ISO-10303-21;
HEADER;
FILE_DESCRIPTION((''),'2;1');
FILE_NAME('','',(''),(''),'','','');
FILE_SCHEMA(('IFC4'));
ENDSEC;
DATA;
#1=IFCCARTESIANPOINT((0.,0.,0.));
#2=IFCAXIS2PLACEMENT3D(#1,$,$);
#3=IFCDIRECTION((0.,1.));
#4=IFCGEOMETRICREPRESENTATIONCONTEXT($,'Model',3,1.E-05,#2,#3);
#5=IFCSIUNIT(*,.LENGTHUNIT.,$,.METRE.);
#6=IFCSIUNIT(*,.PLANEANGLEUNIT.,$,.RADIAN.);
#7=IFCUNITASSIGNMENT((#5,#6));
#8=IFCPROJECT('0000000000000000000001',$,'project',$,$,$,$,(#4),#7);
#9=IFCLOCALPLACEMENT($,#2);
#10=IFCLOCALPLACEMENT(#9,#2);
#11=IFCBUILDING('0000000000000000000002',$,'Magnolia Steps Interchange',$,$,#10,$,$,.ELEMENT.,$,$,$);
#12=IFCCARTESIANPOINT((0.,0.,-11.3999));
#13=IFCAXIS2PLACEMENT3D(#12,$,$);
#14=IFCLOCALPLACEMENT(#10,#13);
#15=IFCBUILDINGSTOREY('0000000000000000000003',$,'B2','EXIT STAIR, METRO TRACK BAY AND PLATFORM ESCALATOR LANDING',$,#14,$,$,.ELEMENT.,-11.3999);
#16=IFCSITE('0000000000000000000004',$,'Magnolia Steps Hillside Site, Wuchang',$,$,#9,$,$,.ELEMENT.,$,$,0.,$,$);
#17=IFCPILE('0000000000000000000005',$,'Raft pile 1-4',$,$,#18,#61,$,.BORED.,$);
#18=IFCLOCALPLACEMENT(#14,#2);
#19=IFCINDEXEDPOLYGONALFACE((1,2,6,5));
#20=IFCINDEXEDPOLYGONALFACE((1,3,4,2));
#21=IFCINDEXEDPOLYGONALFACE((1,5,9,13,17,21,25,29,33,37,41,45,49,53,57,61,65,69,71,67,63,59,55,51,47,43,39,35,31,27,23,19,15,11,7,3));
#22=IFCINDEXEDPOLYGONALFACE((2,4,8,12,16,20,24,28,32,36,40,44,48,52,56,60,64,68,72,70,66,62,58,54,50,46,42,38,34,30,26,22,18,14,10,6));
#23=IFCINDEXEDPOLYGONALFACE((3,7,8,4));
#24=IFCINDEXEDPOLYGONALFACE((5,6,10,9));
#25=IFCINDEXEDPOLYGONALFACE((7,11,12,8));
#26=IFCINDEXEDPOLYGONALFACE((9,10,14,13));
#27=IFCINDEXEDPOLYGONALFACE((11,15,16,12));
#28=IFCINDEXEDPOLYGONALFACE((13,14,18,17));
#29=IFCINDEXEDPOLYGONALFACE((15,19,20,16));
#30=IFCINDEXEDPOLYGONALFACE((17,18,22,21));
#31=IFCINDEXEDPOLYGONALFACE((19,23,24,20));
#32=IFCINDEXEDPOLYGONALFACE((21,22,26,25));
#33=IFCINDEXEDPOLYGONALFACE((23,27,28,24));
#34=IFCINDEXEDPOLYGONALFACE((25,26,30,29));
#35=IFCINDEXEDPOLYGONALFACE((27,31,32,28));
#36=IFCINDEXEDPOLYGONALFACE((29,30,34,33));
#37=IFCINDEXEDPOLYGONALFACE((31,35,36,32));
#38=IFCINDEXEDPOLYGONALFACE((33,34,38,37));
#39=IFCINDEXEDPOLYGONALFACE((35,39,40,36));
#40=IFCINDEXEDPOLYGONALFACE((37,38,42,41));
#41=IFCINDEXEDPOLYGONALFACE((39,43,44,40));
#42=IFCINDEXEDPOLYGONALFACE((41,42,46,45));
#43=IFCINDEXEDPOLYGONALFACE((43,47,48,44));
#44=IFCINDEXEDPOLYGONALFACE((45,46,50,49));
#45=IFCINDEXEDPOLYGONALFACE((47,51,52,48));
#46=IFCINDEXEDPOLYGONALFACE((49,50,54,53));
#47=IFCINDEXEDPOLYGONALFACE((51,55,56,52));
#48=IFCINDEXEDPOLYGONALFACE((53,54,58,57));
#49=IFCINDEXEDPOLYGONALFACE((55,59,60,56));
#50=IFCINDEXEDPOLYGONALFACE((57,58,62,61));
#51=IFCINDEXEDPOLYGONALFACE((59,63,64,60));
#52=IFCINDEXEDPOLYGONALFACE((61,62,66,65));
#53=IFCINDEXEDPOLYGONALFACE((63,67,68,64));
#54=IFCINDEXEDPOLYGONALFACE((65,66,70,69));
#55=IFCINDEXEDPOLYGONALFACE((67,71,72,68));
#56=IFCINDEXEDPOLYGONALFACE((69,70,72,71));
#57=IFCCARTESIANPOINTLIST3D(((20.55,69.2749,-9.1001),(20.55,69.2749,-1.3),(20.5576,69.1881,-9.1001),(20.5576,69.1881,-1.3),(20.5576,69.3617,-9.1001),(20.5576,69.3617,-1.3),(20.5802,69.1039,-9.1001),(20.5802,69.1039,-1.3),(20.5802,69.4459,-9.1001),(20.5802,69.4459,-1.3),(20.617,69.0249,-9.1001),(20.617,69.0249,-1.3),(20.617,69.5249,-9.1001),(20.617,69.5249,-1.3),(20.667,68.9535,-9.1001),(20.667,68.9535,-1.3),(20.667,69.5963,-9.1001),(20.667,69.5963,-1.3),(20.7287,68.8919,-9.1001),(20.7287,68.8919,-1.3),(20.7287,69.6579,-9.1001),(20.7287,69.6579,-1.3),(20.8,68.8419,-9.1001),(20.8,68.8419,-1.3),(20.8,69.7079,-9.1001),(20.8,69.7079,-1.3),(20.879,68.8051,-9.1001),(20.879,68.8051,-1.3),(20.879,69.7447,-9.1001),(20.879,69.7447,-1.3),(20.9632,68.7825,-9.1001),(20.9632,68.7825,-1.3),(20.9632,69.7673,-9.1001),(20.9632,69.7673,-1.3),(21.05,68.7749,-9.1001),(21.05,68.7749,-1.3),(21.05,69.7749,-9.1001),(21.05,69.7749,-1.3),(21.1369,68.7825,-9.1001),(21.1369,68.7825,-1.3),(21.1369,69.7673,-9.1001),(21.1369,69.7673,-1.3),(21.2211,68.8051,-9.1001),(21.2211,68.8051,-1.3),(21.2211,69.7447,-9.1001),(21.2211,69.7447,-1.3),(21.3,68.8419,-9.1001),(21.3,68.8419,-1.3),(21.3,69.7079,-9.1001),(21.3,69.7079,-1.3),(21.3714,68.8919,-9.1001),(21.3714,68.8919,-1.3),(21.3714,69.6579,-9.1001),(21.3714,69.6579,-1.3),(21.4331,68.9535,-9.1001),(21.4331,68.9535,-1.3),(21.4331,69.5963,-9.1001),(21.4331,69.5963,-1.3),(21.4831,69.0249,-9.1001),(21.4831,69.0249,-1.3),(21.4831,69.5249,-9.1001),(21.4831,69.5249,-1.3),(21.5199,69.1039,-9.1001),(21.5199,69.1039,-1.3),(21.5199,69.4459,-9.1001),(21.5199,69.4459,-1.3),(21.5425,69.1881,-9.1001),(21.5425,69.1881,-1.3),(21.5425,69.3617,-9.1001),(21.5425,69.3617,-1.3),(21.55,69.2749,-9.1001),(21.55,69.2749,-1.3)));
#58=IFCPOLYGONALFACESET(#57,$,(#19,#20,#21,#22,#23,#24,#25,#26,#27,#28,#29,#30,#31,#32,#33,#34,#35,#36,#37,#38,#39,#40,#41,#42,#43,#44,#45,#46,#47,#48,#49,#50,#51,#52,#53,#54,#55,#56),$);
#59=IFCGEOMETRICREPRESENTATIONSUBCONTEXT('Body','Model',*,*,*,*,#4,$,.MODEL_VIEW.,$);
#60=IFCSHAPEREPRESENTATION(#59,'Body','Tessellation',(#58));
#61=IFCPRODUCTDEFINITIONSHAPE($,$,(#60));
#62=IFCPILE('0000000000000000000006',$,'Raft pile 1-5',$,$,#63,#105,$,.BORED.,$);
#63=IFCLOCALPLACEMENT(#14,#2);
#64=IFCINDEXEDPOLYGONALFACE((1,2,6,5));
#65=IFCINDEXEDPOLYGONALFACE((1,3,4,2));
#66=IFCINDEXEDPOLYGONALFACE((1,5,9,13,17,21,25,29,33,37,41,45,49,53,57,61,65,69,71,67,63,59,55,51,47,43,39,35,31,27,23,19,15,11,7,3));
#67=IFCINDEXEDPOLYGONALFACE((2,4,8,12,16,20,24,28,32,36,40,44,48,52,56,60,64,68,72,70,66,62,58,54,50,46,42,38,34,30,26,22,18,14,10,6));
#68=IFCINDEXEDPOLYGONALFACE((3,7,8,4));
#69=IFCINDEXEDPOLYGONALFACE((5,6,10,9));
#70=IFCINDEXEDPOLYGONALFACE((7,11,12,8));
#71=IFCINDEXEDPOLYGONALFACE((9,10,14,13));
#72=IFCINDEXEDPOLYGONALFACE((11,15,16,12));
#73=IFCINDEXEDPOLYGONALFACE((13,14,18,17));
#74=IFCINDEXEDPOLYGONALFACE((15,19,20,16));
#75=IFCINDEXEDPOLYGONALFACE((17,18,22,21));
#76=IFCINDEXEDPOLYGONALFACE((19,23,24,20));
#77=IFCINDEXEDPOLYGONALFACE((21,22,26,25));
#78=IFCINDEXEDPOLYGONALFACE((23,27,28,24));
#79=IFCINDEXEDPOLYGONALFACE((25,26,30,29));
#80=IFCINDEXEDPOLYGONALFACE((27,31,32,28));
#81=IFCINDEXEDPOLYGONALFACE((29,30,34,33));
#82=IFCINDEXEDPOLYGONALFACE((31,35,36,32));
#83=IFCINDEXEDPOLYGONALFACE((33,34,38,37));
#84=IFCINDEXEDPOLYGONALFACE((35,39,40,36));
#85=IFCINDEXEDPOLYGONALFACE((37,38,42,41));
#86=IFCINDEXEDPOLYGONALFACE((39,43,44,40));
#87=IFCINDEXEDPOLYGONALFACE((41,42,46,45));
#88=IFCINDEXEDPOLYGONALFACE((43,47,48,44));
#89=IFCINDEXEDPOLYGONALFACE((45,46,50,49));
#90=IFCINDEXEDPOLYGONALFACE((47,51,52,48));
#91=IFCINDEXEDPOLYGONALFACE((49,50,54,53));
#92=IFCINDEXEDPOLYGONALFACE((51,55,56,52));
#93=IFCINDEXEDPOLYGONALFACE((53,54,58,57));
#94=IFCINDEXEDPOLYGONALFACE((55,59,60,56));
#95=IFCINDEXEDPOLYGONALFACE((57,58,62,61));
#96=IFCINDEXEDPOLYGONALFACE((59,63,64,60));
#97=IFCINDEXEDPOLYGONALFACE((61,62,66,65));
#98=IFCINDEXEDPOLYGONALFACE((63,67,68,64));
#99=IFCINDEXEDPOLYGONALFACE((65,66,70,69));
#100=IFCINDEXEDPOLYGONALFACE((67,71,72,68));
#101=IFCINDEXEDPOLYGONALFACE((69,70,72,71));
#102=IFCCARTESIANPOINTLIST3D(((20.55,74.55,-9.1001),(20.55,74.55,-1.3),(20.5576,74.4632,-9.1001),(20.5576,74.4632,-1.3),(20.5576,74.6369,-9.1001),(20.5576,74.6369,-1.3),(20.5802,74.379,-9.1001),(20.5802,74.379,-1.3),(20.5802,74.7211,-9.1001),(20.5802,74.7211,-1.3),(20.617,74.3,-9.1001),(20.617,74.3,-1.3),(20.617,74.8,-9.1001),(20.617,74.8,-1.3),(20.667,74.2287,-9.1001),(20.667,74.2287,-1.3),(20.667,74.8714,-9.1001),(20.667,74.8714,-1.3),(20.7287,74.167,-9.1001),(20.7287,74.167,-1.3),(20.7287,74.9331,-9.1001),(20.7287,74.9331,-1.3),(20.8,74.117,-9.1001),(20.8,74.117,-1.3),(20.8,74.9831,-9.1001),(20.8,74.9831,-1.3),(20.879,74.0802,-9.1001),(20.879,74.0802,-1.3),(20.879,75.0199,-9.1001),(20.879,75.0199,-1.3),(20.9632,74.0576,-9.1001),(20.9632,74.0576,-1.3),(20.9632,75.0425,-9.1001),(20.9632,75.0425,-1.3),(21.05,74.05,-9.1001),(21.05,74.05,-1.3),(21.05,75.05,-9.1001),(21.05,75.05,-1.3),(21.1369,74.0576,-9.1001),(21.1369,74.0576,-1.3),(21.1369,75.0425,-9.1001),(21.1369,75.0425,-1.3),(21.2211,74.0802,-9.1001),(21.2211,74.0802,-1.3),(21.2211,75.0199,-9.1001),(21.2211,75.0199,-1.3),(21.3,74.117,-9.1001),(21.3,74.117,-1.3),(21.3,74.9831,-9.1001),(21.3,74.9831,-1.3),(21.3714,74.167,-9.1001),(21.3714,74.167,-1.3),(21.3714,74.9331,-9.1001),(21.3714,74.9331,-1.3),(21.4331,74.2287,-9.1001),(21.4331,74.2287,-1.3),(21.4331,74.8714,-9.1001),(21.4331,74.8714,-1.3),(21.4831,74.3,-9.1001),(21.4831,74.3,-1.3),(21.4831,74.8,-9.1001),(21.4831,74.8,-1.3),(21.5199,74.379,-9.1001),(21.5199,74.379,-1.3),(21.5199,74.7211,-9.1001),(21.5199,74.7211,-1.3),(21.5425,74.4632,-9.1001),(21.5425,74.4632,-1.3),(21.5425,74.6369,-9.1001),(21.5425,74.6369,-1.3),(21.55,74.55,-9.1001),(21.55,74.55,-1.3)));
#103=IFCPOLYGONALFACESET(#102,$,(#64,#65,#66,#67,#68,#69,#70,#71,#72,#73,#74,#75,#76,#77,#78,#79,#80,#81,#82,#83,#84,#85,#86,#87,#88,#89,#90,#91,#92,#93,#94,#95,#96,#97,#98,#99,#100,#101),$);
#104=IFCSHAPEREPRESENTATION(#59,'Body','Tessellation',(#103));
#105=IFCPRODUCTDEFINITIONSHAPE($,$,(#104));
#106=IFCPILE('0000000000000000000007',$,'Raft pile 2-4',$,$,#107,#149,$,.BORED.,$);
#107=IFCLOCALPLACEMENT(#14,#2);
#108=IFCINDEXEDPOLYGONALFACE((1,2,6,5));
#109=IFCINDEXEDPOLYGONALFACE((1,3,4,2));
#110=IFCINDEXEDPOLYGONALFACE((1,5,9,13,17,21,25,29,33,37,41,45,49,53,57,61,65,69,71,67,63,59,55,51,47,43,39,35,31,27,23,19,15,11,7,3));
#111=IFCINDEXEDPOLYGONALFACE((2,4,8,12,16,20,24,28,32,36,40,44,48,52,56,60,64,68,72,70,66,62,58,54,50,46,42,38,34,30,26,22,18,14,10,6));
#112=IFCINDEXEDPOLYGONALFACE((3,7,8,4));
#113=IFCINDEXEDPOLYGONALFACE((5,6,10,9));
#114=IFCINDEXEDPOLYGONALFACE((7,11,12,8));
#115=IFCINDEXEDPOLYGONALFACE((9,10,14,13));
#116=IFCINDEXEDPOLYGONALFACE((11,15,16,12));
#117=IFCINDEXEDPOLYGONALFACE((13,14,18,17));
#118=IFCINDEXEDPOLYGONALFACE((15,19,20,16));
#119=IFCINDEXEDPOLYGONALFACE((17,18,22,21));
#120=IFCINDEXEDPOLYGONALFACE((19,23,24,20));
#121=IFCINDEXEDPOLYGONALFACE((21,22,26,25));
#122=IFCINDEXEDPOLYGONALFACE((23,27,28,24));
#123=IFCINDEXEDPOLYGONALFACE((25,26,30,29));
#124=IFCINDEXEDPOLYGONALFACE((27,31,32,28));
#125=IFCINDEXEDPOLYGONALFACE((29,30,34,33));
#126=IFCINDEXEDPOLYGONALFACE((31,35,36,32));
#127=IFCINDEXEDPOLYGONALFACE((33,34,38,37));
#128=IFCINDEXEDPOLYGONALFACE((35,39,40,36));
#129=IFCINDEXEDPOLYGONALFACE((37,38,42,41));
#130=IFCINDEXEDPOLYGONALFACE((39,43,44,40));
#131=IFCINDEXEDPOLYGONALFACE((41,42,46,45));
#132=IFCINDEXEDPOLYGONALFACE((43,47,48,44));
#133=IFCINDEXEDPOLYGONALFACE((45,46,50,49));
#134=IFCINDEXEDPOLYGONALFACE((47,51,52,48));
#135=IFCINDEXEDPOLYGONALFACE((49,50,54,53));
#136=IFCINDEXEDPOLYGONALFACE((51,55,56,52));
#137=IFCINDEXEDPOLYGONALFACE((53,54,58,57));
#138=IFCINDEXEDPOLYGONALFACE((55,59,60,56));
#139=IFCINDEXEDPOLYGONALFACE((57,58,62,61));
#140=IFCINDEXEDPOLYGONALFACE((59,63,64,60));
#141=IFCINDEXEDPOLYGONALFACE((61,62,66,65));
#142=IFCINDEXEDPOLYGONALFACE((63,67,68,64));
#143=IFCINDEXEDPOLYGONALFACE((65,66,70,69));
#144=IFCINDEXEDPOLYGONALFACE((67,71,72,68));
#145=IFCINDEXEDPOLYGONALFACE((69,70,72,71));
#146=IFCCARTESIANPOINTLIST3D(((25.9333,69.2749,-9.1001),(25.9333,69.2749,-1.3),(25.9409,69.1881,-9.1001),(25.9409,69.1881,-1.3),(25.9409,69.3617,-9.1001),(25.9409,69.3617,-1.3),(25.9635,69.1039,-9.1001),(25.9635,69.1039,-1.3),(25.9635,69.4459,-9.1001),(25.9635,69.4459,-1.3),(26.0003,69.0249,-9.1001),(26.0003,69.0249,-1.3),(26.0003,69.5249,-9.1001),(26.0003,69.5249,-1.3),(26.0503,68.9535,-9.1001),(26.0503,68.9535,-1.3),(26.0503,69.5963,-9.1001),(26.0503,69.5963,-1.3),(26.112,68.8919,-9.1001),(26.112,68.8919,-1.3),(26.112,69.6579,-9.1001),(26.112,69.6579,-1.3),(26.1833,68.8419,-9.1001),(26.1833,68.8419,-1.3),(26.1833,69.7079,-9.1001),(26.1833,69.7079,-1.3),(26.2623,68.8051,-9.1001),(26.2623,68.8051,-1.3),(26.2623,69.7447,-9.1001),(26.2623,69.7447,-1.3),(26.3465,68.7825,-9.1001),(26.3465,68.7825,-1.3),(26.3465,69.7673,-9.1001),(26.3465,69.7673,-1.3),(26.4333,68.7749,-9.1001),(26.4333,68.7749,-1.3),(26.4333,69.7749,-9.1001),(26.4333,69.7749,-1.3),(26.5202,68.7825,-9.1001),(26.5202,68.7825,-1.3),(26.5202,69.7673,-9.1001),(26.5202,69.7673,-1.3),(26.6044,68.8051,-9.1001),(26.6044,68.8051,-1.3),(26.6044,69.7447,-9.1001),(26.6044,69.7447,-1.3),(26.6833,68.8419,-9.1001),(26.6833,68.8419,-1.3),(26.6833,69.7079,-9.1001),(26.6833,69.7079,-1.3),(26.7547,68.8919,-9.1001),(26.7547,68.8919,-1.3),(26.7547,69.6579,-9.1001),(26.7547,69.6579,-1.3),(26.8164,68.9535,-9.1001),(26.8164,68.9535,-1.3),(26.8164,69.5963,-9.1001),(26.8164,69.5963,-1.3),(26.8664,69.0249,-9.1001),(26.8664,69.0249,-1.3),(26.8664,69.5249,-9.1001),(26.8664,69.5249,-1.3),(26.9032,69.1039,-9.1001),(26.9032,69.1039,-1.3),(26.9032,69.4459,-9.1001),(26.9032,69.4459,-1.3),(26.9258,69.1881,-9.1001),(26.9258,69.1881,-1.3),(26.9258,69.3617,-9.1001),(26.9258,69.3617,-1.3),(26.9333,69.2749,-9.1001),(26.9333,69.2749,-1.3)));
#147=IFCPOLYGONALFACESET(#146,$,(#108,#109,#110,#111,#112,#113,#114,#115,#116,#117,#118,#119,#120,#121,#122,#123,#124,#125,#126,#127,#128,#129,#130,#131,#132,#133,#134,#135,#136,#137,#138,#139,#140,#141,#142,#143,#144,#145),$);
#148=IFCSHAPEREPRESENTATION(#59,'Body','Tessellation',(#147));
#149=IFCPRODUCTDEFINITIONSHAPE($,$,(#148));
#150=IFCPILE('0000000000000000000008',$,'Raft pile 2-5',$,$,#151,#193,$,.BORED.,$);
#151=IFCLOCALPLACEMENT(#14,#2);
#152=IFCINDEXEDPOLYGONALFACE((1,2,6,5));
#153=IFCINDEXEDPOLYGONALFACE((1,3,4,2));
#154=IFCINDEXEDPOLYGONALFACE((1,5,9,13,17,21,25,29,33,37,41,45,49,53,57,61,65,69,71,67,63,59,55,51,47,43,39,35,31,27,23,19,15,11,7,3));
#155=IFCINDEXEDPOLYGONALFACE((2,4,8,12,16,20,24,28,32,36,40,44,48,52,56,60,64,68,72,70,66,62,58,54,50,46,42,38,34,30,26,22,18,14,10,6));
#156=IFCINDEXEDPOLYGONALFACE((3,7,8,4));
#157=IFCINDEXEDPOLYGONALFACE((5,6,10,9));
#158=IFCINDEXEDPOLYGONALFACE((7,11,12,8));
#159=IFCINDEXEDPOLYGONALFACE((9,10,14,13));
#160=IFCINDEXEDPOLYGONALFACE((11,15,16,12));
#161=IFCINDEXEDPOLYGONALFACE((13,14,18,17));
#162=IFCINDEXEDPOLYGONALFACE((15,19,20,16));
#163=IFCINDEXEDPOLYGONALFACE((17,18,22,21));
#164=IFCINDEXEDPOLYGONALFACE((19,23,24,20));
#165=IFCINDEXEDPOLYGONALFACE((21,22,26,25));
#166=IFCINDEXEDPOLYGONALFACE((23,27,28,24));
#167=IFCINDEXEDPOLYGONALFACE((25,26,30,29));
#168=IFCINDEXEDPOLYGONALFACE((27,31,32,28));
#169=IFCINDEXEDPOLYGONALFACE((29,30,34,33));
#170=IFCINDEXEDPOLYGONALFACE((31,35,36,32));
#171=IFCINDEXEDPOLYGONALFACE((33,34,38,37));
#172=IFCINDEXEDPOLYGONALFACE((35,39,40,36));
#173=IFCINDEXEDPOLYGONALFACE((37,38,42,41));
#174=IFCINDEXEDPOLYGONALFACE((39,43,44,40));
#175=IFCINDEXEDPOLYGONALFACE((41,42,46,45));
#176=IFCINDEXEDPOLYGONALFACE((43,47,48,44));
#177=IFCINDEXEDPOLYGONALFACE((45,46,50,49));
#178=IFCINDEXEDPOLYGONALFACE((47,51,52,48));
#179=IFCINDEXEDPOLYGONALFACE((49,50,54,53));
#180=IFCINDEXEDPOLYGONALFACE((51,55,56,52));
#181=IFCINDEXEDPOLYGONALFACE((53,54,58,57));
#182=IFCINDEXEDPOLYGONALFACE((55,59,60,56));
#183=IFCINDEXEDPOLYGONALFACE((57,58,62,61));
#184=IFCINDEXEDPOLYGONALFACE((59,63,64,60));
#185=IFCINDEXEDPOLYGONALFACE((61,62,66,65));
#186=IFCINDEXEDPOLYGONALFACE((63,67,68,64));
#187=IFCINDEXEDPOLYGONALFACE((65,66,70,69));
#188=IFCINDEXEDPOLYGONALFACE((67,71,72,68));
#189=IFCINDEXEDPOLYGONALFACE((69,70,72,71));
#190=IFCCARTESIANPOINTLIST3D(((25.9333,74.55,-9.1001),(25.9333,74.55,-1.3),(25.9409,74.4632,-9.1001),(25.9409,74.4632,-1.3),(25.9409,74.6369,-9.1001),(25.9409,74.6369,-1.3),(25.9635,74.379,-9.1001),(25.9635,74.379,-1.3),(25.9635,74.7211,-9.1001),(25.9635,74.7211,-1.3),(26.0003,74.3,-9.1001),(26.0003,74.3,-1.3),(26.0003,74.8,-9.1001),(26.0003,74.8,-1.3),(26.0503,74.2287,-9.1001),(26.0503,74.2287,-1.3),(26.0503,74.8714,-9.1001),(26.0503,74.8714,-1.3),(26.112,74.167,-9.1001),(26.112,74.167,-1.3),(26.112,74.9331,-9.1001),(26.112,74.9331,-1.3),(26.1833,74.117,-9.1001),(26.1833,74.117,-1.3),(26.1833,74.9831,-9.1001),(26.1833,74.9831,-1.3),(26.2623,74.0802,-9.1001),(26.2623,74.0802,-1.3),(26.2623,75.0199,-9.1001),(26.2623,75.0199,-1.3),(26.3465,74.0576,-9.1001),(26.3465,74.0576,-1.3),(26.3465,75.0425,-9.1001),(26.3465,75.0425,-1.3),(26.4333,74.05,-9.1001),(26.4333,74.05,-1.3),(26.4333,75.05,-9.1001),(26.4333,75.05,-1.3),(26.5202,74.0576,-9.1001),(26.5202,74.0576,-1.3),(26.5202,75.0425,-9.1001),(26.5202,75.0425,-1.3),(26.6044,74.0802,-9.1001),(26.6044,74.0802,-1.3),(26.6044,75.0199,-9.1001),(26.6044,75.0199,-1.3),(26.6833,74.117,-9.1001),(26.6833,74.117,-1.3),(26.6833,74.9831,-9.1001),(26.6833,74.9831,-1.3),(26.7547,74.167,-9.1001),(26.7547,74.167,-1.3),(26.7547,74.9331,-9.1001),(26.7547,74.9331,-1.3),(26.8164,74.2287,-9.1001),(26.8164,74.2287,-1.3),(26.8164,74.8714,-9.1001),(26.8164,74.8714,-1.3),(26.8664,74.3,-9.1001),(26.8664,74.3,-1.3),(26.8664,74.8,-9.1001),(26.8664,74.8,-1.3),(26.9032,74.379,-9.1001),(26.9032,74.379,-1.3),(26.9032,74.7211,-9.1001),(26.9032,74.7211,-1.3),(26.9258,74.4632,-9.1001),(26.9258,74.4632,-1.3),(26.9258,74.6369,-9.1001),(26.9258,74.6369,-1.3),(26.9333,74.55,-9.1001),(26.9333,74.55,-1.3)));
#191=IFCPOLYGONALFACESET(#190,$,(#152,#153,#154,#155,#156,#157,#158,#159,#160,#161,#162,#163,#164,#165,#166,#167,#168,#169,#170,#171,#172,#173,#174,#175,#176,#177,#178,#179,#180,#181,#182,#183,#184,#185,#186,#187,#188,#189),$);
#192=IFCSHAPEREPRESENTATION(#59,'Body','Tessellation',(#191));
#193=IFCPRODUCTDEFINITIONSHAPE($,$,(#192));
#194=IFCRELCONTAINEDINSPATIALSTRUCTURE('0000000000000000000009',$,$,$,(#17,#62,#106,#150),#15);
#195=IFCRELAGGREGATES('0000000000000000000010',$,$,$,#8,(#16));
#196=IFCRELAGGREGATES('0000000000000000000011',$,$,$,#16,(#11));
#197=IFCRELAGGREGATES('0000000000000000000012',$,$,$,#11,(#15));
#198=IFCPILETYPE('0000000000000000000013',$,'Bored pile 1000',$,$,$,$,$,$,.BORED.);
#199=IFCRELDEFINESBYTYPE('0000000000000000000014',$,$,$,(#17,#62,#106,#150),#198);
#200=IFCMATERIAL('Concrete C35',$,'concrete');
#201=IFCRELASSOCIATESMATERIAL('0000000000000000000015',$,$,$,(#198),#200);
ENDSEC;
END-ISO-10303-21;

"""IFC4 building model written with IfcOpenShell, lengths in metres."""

from ifc_helpers import new_model, si_unit, direction, frame, origin, origin_2d, place, context, subcontext, project, spatial, circle, extrude, material, material_profile, profile_set, type_object, element, save


model = new_model("IFC4")

# Units and contexts
model_context = context("Model", 3, precision=1e-05, world=origin(), true_north=direction((0.0, 1.0)))
body_context = subcontext(model_context, "Body", "Model", "MODEL_VIEW")
ifc_project = project(units=[si_unit("LENGTHUNIT", "METRE"), si_unit("PLANEANGLEUNIT", "RADIAN")], contexts=[model_context])

# Site, building, storey
site_placement = place(None, origin())
site = spatial("IfcSite", under=ifc_project, at=site_placement, Name="Magnolia Steps Hillside Site, Wuchang", CompositionType="ELEMENT", RefElevation=0.0)
building_placement = place(site_placement, origin())
building = spatial("IfcBuilding", under=site, at=building_placement, Name="Magnolia Steps Interchange", CompositionType="ELEMENT")
storey_placement = place(building_placement, frame((0.0, 0.0, -11.3999)))
storey = spatial("IfcBuildingStorey", under=building, at=storey_placement, Name="B2", Description="EXIT STAIR, METRO TRACK BAY AND PLATFORM ESCALATOR LANDING", CompositionType="ELEMENT", Elevation=-11.3999)

# Piles
ifc_material_1 = material(Name="Concrete C35", Category="concrete")
ifc_material_profile = material_profile(ifc_material_1, circle(Radius=0.5, at=origin_2d()), Name="Bored pile 1000")
ifc_profile_set = profile_set([ifc_material_profile], Name="Concrete C35")
pile_type = type_object("IfcPileType", Name="Bored pile 1000", PredefinedType="BORED", material=ifc_profile_set)
for number, where, z_axis, x_axis, name in (
    (1, (21.05, 69.2749, -1.3), (0.0, 0.0, -1.0), (1.0, 0.0, 0.0), "Raft pile 1-4"),
    (2, (21.05, 74.55, -1.3), (0.0, 0.0, -1.0), (1.0, 0.0, 0.0), "Raft pile 1-5"),
    (3, (26.4333, 69.2749, -1.3), (0.0, 0.0, -1.0), (1.0, 0.0, 0.0), "Raft pile 2-4"),
    (4, (26.4333, 74.55, -1.3), (0.0, 0.0, -1.0), (1.0, 0.0, 0.0), "Raft pile 2-5"),
):
    element("IfcPile", number, at=place(storey_placement, frame(where, z_axis=z_axis, x_axis=x_axis)), inside=storey, type_object=pile_type, Name=name, PredefinedType="BORED", context=body_context, shape_type="SweptSolid", body=[
        extrude(circle(Radius=0.5, at=origin_2d()), origin(), (0.0, 0.0, 1.0), 7.8),
    ])

save(model, "model.ifc")
